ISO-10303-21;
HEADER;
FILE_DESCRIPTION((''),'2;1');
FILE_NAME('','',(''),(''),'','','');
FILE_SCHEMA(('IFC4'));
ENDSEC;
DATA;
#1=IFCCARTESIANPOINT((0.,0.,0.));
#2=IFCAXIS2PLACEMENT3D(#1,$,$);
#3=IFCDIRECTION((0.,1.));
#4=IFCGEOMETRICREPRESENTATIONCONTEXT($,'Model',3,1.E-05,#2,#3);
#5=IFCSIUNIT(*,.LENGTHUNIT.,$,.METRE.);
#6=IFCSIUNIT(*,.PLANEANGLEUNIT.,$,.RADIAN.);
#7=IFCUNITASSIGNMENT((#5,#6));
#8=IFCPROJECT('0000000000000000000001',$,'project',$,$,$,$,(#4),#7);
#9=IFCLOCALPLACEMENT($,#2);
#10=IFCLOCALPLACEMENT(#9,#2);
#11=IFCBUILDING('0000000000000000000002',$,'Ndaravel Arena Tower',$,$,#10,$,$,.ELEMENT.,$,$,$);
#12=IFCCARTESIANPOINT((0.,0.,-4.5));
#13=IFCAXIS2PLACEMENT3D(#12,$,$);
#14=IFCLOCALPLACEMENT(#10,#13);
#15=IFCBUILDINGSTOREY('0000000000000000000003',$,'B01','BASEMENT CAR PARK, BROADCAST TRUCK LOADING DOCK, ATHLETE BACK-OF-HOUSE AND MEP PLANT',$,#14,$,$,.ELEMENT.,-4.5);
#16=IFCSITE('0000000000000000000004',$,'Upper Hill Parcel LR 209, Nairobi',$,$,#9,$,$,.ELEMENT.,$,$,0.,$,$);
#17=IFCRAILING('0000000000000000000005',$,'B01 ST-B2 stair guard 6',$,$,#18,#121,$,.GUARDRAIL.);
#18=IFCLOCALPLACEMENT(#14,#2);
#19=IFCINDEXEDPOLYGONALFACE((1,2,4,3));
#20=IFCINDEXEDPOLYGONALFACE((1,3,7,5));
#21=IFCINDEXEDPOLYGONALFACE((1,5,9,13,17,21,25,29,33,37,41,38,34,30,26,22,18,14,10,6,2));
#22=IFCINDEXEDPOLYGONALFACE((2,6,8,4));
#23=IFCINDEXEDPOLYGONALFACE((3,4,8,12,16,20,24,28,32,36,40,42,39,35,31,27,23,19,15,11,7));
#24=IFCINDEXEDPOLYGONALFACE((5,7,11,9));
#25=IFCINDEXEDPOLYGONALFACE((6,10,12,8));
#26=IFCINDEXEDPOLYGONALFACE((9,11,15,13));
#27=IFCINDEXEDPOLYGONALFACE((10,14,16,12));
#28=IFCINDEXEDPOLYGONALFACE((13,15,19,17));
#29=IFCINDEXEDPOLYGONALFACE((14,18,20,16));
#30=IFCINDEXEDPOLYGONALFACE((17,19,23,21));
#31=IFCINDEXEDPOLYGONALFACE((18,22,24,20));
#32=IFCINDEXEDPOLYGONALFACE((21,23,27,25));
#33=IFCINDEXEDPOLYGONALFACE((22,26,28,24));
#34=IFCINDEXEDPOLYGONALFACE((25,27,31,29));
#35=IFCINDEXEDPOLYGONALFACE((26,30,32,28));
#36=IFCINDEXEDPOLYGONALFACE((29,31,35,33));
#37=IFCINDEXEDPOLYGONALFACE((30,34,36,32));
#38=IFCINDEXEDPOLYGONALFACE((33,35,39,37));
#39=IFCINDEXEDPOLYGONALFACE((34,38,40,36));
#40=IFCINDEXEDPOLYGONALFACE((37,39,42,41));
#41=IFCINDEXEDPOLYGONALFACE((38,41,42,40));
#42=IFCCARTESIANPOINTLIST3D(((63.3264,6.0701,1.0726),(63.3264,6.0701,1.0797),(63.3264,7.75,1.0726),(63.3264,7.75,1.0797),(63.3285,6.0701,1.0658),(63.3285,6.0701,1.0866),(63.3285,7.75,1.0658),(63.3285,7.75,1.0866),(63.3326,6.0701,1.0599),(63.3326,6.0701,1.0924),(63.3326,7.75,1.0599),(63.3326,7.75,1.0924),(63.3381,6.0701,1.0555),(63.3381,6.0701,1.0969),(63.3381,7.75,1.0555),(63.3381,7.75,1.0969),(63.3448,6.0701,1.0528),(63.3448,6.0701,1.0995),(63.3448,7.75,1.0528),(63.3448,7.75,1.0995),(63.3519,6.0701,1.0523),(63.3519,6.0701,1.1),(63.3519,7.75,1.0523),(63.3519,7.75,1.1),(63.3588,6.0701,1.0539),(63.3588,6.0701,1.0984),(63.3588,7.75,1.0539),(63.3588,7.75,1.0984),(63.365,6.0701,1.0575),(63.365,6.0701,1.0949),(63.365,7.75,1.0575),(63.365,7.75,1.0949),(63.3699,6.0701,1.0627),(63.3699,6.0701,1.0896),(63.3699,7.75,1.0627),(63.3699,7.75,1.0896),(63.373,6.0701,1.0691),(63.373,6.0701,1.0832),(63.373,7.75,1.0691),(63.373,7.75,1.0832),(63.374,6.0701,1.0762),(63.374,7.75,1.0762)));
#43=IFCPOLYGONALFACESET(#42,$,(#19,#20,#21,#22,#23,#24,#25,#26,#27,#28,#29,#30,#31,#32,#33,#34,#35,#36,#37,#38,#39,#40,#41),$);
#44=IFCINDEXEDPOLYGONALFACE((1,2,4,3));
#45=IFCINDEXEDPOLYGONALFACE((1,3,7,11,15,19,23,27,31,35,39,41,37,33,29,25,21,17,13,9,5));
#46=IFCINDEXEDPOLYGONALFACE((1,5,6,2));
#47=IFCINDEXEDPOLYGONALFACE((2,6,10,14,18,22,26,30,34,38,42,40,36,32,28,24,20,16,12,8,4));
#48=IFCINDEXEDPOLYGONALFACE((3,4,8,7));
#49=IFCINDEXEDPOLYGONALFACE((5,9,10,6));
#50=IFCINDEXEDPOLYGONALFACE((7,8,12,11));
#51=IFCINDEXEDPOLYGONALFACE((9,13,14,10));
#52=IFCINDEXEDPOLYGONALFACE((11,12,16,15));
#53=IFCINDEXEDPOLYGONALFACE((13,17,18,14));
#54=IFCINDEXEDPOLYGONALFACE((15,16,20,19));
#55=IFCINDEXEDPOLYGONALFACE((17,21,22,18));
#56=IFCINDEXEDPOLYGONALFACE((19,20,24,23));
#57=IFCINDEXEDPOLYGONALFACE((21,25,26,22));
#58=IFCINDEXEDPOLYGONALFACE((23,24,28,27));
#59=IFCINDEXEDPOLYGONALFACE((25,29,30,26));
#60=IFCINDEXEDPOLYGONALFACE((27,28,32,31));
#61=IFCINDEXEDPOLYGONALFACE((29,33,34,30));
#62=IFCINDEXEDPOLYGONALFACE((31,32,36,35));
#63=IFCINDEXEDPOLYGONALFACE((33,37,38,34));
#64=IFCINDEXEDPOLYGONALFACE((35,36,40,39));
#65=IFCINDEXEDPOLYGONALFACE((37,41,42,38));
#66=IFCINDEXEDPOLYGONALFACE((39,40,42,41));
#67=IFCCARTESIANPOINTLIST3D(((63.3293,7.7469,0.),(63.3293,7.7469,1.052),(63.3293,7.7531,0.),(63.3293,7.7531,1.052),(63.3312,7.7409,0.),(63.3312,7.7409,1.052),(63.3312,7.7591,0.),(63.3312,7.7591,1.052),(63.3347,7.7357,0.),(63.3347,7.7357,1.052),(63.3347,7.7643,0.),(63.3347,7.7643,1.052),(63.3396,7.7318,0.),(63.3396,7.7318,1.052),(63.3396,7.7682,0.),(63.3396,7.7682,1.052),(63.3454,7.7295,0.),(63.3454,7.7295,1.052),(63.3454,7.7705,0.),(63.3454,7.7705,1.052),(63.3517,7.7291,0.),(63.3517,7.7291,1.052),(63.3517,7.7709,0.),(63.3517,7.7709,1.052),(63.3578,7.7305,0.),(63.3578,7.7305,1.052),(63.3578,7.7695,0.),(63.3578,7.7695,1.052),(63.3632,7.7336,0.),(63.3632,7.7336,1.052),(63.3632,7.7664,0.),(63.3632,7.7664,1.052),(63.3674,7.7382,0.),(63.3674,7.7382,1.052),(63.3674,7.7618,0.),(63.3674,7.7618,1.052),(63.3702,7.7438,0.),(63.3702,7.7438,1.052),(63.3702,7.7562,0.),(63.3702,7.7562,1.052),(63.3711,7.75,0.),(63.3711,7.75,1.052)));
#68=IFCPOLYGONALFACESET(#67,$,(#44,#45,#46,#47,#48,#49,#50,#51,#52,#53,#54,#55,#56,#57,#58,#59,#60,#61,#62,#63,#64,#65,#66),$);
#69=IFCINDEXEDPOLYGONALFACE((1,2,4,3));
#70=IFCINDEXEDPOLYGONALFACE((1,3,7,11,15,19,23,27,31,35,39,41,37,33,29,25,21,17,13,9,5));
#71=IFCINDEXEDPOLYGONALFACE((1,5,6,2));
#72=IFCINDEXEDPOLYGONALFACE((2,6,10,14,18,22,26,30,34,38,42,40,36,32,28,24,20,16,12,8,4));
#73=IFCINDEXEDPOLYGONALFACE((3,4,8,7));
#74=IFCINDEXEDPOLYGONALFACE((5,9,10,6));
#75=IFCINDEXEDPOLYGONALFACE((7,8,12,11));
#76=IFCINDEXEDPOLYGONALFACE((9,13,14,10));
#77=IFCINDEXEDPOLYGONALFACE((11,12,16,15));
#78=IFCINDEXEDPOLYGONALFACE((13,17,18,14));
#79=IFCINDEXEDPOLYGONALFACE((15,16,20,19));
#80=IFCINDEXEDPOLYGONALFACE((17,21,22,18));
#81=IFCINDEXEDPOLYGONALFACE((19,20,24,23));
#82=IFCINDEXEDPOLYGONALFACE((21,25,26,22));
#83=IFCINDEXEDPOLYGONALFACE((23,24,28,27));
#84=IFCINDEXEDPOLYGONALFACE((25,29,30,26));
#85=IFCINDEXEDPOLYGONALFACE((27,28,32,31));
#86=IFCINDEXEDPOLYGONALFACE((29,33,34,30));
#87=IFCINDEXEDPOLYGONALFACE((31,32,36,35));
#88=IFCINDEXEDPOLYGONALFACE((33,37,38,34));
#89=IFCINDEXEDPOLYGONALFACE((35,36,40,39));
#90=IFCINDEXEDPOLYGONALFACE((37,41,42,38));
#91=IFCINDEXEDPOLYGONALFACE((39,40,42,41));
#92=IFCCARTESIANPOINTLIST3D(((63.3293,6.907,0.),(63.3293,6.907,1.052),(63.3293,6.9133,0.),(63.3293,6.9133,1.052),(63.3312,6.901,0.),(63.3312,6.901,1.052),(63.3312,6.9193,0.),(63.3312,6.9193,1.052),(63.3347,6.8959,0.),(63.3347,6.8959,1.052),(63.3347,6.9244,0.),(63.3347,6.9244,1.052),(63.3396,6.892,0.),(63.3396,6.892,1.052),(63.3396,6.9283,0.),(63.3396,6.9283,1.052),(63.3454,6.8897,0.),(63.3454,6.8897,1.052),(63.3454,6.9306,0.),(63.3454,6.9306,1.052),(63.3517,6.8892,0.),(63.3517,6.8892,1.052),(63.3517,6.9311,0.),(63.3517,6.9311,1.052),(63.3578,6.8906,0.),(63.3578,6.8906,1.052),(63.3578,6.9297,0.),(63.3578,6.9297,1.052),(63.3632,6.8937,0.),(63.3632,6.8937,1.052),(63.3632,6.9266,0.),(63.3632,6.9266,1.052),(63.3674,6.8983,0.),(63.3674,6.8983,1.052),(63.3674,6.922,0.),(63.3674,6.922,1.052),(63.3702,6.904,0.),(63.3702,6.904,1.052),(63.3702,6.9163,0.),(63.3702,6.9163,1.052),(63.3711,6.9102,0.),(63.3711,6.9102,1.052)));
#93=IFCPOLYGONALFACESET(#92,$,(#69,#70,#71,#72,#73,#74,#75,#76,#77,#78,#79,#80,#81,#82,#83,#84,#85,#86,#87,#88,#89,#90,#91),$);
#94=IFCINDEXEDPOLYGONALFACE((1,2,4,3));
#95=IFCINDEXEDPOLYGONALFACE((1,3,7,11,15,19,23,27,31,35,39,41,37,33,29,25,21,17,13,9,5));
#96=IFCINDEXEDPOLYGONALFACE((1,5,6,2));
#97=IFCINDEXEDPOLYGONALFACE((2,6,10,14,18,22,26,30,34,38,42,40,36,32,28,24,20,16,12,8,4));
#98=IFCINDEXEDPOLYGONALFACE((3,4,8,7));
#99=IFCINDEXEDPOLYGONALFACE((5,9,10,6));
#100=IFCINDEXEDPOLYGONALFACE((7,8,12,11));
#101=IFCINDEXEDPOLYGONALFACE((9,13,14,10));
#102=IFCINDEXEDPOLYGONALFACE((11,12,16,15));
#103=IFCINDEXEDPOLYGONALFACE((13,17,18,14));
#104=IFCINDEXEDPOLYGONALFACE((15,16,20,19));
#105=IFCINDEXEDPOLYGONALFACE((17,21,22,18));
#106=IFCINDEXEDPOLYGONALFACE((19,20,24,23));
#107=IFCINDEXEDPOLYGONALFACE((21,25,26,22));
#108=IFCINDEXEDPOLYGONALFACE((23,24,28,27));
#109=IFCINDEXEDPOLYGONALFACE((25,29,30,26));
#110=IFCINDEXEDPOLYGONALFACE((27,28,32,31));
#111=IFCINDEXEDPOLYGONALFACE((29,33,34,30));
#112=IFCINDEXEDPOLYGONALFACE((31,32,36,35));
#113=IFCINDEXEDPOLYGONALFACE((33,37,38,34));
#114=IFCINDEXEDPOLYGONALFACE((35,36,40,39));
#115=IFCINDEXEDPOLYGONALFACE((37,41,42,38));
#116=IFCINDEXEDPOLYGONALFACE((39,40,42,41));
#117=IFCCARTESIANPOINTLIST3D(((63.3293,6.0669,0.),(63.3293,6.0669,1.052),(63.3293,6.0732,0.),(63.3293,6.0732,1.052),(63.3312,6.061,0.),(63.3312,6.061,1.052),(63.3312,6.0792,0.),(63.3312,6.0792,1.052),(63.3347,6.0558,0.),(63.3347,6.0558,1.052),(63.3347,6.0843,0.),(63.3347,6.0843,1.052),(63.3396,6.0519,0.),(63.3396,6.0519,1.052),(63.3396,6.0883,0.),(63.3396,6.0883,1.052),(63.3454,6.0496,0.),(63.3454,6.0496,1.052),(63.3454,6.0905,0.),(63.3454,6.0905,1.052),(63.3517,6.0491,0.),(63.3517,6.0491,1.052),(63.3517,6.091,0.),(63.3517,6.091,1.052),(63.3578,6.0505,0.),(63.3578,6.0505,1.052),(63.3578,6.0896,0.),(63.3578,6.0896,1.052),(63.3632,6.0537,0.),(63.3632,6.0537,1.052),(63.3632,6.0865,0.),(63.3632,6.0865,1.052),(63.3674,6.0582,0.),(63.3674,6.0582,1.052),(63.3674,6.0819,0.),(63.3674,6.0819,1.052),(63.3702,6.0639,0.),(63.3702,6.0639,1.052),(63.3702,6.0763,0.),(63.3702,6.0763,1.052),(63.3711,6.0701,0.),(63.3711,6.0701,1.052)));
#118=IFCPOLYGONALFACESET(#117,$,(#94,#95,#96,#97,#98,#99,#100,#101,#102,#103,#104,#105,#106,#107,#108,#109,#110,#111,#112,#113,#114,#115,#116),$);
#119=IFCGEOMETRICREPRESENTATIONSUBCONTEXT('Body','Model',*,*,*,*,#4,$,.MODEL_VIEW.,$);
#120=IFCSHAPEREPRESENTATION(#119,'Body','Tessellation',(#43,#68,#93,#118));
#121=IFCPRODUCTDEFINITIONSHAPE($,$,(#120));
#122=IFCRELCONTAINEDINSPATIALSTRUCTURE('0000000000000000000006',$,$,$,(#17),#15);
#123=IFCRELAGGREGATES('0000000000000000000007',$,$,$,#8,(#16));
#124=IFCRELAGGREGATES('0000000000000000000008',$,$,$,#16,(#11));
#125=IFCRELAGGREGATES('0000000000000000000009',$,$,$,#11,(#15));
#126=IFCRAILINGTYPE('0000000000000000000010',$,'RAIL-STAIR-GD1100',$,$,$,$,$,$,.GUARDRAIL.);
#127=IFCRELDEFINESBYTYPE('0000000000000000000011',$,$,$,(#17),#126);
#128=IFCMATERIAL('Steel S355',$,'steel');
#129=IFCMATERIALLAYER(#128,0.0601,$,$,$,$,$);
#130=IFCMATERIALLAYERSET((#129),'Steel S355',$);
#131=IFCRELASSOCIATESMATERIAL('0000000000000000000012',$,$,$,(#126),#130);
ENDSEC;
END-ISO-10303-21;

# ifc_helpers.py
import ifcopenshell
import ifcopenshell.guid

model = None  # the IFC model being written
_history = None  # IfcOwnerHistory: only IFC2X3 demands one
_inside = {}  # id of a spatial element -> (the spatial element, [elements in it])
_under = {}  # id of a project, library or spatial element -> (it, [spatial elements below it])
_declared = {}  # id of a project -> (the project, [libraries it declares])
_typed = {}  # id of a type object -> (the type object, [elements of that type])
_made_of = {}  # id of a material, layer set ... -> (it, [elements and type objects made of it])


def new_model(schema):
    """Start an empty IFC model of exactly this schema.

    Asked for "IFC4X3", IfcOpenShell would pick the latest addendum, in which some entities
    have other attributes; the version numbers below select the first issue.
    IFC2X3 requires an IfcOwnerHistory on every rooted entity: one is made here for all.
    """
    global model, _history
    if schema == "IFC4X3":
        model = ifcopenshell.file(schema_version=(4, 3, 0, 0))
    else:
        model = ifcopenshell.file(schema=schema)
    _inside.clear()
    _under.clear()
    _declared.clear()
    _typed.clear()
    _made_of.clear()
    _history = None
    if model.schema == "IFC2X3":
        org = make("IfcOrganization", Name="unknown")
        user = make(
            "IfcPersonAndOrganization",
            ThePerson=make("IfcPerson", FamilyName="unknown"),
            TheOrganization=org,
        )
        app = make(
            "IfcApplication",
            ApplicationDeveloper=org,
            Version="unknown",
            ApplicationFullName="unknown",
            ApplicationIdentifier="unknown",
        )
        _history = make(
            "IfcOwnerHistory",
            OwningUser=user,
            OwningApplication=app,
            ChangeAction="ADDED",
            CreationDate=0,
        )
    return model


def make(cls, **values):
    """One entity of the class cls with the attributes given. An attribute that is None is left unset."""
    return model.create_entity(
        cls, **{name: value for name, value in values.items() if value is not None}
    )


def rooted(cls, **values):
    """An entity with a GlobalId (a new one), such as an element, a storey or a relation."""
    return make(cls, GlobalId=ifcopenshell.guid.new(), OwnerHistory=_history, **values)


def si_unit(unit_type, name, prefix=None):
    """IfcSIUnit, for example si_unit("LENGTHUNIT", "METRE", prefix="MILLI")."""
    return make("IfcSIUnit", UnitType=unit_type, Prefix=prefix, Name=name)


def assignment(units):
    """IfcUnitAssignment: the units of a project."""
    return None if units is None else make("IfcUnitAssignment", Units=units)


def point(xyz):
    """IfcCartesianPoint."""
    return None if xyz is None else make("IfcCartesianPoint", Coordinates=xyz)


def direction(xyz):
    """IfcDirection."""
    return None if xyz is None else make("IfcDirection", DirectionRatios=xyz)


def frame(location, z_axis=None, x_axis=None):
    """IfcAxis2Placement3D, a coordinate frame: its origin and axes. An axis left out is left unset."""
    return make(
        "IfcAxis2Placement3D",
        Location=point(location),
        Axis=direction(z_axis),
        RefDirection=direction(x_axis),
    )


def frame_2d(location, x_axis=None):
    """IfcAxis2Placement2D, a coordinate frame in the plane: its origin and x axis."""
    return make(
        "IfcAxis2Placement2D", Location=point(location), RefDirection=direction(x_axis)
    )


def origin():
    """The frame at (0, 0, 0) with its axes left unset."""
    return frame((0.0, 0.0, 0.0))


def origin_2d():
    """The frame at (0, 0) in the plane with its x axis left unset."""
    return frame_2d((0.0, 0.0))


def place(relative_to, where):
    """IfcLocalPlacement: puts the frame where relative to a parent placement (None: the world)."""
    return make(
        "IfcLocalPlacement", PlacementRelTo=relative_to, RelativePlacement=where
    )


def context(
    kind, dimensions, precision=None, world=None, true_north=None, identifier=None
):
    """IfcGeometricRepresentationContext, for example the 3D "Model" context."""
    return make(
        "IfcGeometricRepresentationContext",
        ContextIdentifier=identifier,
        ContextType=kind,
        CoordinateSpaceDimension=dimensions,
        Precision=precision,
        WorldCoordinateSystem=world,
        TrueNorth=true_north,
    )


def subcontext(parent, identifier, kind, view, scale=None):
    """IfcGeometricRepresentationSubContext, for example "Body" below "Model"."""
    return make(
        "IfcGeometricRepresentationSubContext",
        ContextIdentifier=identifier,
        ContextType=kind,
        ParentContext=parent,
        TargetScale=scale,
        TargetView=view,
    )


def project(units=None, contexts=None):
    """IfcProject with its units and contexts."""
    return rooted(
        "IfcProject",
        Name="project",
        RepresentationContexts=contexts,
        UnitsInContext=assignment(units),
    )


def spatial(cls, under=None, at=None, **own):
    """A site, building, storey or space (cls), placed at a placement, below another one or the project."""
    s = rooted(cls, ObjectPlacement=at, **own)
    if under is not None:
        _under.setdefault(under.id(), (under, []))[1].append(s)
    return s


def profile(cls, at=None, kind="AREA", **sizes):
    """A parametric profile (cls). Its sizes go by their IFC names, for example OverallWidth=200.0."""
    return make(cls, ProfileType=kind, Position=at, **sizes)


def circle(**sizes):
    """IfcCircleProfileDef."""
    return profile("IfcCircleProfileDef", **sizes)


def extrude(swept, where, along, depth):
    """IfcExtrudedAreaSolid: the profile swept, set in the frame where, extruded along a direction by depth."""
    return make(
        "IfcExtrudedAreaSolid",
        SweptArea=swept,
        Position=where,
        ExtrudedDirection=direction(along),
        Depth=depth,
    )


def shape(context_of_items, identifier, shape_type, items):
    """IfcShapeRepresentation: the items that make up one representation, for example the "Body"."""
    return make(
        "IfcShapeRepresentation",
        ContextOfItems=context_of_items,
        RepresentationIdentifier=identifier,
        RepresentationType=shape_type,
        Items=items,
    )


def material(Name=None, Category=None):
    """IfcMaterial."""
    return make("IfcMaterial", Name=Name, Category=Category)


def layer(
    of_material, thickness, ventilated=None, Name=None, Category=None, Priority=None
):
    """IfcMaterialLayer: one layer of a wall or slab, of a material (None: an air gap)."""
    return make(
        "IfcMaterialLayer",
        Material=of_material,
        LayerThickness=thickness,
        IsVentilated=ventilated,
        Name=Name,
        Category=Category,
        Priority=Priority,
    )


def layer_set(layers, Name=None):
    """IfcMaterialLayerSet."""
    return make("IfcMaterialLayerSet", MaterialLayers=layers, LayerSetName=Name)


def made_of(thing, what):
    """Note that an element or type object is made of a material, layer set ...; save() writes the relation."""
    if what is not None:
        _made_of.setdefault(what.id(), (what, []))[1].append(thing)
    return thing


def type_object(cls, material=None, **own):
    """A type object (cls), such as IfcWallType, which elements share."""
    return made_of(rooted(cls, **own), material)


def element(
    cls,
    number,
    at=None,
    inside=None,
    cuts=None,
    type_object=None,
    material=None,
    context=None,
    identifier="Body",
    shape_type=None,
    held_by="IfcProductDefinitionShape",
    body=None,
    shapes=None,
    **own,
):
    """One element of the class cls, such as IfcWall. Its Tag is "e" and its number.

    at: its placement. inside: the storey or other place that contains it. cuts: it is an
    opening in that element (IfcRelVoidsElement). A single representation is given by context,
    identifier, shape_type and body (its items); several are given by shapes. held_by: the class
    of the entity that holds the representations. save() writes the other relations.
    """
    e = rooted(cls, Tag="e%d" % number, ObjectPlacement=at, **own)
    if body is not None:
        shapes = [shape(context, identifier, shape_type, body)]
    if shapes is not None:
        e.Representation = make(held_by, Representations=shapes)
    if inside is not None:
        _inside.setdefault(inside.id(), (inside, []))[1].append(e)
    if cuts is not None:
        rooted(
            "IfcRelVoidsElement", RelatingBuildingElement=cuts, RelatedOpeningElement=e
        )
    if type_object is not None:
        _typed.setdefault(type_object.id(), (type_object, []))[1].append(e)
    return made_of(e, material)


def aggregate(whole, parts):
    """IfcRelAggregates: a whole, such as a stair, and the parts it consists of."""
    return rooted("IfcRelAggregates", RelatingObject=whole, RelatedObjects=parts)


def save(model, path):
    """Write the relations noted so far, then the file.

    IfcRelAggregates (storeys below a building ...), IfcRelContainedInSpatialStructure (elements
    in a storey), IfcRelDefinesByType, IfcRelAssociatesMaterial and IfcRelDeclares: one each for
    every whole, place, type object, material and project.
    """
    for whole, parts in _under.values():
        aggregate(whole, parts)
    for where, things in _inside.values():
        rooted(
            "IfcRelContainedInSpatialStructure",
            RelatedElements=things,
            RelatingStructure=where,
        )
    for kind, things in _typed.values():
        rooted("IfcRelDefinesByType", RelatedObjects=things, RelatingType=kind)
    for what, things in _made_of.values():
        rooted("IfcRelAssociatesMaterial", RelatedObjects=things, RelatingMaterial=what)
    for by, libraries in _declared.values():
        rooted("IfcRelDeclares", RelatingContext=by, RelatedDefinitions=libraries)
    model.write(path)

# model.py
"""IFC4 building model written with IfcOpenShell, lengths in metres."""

from ifc_helpers import new_model, si_unit, direction, frame, origin, origin_2d, place, context, subcontext, project, spatial, circle, extrude, material, layer, layer_set, type_object, element, save


model = new_model("IFC4")

# Units and contexts
model_context = context("Model", 3, precision=1e-05, world=origin(), true_north=direction((0.0, 1.0)))
body_context = subcontext(model_context, "Body", "Model", "MODEL_VIEW")
ifc_project = project(units=[si_unit("LENGTHUNIT", "METRE"), si_unit("PLANEANGLEUNIT", "RADIAN")], contexts=[model_context])

# Site, building, storey
site_placement = place(None, origin())
site = spatial("IfcSite", under=ifc_project, at=site_placement, Name="Upper Hill Parcel LR 209, Nairobi", CompositionType="ELEMENT", RefElevation=0.0)
building_placement = place(site_placement, origin())
building = spatial("IfcBuilding", under=site, at=building_placement, Name="Ndaravel Arena Tower", CompositionType="ELEMENT")
storey_placement = place(building_placement, frame((0.0, 0.0, -4.5)))
storey = spatial("IfcBuildingStorey", under=building, at=storey_placement, Name="B01", Description="BASEMENT CAR PARK, BROADCAST TRUCK LOADING DOCK, ATHLETE BACK-OF-HOUSE AND MEP PLANT", CompositionType="ELEMENT", Elevation=-4.5)

# Railing
ifc_material_1 = material(Name="Steel S355", Category="steel")
ifc_layer_1 = layer(ifc_material_1, 0.0601)
ifc_layer_set_1 = layer_set([ifc_layer_1], Name="Steel S355")
railing_type_1 = type_object("IfcRailingType", Name="RAIL-STAIR-GD1100", PredefinedType="GUARDRAIL", material=ifc_layer_set_1)
for number, where, name in (
    (1, (63.3501, 7.75, 0.0), "B01 ST-B2 stair guard 6"),
):
    element("IfcRailing", number, at=place(storey_placement, frame(where)), inside=storey, type_object=railing_type_1, Name=name, PredefinedType="GUARDRAIL", context=body_context, shape_type="SweptSolid", body=[
        extrude(circle(Radius=0.0239, at=origin_2d()), frame((0.0, 0.0, 1.0762), z_axis=(0.0, -1.0, 0.0), x_axis=(1.0, 0.0, 0.0)), (0.0, 0.0, 1.0), 1.6799),
        extrude(circle(Radius=0.021, at=origin_2d()), origin(), (0.0, 0.0, 1.0), 1.052),
        extrude(circle(Radius=0.021, at=origin_2d()), frame((0.0, -0.8398, 0.0)), (0.0, 0.0, 1.0), 1.052),
        extrude(circle(Radius=0.021, at=origin_2d()), frame((0.0, -1.6799, 0.0)), (0.0, 0.0, 1.0), 1.052),
    ])

save(model, "model.ifc")
